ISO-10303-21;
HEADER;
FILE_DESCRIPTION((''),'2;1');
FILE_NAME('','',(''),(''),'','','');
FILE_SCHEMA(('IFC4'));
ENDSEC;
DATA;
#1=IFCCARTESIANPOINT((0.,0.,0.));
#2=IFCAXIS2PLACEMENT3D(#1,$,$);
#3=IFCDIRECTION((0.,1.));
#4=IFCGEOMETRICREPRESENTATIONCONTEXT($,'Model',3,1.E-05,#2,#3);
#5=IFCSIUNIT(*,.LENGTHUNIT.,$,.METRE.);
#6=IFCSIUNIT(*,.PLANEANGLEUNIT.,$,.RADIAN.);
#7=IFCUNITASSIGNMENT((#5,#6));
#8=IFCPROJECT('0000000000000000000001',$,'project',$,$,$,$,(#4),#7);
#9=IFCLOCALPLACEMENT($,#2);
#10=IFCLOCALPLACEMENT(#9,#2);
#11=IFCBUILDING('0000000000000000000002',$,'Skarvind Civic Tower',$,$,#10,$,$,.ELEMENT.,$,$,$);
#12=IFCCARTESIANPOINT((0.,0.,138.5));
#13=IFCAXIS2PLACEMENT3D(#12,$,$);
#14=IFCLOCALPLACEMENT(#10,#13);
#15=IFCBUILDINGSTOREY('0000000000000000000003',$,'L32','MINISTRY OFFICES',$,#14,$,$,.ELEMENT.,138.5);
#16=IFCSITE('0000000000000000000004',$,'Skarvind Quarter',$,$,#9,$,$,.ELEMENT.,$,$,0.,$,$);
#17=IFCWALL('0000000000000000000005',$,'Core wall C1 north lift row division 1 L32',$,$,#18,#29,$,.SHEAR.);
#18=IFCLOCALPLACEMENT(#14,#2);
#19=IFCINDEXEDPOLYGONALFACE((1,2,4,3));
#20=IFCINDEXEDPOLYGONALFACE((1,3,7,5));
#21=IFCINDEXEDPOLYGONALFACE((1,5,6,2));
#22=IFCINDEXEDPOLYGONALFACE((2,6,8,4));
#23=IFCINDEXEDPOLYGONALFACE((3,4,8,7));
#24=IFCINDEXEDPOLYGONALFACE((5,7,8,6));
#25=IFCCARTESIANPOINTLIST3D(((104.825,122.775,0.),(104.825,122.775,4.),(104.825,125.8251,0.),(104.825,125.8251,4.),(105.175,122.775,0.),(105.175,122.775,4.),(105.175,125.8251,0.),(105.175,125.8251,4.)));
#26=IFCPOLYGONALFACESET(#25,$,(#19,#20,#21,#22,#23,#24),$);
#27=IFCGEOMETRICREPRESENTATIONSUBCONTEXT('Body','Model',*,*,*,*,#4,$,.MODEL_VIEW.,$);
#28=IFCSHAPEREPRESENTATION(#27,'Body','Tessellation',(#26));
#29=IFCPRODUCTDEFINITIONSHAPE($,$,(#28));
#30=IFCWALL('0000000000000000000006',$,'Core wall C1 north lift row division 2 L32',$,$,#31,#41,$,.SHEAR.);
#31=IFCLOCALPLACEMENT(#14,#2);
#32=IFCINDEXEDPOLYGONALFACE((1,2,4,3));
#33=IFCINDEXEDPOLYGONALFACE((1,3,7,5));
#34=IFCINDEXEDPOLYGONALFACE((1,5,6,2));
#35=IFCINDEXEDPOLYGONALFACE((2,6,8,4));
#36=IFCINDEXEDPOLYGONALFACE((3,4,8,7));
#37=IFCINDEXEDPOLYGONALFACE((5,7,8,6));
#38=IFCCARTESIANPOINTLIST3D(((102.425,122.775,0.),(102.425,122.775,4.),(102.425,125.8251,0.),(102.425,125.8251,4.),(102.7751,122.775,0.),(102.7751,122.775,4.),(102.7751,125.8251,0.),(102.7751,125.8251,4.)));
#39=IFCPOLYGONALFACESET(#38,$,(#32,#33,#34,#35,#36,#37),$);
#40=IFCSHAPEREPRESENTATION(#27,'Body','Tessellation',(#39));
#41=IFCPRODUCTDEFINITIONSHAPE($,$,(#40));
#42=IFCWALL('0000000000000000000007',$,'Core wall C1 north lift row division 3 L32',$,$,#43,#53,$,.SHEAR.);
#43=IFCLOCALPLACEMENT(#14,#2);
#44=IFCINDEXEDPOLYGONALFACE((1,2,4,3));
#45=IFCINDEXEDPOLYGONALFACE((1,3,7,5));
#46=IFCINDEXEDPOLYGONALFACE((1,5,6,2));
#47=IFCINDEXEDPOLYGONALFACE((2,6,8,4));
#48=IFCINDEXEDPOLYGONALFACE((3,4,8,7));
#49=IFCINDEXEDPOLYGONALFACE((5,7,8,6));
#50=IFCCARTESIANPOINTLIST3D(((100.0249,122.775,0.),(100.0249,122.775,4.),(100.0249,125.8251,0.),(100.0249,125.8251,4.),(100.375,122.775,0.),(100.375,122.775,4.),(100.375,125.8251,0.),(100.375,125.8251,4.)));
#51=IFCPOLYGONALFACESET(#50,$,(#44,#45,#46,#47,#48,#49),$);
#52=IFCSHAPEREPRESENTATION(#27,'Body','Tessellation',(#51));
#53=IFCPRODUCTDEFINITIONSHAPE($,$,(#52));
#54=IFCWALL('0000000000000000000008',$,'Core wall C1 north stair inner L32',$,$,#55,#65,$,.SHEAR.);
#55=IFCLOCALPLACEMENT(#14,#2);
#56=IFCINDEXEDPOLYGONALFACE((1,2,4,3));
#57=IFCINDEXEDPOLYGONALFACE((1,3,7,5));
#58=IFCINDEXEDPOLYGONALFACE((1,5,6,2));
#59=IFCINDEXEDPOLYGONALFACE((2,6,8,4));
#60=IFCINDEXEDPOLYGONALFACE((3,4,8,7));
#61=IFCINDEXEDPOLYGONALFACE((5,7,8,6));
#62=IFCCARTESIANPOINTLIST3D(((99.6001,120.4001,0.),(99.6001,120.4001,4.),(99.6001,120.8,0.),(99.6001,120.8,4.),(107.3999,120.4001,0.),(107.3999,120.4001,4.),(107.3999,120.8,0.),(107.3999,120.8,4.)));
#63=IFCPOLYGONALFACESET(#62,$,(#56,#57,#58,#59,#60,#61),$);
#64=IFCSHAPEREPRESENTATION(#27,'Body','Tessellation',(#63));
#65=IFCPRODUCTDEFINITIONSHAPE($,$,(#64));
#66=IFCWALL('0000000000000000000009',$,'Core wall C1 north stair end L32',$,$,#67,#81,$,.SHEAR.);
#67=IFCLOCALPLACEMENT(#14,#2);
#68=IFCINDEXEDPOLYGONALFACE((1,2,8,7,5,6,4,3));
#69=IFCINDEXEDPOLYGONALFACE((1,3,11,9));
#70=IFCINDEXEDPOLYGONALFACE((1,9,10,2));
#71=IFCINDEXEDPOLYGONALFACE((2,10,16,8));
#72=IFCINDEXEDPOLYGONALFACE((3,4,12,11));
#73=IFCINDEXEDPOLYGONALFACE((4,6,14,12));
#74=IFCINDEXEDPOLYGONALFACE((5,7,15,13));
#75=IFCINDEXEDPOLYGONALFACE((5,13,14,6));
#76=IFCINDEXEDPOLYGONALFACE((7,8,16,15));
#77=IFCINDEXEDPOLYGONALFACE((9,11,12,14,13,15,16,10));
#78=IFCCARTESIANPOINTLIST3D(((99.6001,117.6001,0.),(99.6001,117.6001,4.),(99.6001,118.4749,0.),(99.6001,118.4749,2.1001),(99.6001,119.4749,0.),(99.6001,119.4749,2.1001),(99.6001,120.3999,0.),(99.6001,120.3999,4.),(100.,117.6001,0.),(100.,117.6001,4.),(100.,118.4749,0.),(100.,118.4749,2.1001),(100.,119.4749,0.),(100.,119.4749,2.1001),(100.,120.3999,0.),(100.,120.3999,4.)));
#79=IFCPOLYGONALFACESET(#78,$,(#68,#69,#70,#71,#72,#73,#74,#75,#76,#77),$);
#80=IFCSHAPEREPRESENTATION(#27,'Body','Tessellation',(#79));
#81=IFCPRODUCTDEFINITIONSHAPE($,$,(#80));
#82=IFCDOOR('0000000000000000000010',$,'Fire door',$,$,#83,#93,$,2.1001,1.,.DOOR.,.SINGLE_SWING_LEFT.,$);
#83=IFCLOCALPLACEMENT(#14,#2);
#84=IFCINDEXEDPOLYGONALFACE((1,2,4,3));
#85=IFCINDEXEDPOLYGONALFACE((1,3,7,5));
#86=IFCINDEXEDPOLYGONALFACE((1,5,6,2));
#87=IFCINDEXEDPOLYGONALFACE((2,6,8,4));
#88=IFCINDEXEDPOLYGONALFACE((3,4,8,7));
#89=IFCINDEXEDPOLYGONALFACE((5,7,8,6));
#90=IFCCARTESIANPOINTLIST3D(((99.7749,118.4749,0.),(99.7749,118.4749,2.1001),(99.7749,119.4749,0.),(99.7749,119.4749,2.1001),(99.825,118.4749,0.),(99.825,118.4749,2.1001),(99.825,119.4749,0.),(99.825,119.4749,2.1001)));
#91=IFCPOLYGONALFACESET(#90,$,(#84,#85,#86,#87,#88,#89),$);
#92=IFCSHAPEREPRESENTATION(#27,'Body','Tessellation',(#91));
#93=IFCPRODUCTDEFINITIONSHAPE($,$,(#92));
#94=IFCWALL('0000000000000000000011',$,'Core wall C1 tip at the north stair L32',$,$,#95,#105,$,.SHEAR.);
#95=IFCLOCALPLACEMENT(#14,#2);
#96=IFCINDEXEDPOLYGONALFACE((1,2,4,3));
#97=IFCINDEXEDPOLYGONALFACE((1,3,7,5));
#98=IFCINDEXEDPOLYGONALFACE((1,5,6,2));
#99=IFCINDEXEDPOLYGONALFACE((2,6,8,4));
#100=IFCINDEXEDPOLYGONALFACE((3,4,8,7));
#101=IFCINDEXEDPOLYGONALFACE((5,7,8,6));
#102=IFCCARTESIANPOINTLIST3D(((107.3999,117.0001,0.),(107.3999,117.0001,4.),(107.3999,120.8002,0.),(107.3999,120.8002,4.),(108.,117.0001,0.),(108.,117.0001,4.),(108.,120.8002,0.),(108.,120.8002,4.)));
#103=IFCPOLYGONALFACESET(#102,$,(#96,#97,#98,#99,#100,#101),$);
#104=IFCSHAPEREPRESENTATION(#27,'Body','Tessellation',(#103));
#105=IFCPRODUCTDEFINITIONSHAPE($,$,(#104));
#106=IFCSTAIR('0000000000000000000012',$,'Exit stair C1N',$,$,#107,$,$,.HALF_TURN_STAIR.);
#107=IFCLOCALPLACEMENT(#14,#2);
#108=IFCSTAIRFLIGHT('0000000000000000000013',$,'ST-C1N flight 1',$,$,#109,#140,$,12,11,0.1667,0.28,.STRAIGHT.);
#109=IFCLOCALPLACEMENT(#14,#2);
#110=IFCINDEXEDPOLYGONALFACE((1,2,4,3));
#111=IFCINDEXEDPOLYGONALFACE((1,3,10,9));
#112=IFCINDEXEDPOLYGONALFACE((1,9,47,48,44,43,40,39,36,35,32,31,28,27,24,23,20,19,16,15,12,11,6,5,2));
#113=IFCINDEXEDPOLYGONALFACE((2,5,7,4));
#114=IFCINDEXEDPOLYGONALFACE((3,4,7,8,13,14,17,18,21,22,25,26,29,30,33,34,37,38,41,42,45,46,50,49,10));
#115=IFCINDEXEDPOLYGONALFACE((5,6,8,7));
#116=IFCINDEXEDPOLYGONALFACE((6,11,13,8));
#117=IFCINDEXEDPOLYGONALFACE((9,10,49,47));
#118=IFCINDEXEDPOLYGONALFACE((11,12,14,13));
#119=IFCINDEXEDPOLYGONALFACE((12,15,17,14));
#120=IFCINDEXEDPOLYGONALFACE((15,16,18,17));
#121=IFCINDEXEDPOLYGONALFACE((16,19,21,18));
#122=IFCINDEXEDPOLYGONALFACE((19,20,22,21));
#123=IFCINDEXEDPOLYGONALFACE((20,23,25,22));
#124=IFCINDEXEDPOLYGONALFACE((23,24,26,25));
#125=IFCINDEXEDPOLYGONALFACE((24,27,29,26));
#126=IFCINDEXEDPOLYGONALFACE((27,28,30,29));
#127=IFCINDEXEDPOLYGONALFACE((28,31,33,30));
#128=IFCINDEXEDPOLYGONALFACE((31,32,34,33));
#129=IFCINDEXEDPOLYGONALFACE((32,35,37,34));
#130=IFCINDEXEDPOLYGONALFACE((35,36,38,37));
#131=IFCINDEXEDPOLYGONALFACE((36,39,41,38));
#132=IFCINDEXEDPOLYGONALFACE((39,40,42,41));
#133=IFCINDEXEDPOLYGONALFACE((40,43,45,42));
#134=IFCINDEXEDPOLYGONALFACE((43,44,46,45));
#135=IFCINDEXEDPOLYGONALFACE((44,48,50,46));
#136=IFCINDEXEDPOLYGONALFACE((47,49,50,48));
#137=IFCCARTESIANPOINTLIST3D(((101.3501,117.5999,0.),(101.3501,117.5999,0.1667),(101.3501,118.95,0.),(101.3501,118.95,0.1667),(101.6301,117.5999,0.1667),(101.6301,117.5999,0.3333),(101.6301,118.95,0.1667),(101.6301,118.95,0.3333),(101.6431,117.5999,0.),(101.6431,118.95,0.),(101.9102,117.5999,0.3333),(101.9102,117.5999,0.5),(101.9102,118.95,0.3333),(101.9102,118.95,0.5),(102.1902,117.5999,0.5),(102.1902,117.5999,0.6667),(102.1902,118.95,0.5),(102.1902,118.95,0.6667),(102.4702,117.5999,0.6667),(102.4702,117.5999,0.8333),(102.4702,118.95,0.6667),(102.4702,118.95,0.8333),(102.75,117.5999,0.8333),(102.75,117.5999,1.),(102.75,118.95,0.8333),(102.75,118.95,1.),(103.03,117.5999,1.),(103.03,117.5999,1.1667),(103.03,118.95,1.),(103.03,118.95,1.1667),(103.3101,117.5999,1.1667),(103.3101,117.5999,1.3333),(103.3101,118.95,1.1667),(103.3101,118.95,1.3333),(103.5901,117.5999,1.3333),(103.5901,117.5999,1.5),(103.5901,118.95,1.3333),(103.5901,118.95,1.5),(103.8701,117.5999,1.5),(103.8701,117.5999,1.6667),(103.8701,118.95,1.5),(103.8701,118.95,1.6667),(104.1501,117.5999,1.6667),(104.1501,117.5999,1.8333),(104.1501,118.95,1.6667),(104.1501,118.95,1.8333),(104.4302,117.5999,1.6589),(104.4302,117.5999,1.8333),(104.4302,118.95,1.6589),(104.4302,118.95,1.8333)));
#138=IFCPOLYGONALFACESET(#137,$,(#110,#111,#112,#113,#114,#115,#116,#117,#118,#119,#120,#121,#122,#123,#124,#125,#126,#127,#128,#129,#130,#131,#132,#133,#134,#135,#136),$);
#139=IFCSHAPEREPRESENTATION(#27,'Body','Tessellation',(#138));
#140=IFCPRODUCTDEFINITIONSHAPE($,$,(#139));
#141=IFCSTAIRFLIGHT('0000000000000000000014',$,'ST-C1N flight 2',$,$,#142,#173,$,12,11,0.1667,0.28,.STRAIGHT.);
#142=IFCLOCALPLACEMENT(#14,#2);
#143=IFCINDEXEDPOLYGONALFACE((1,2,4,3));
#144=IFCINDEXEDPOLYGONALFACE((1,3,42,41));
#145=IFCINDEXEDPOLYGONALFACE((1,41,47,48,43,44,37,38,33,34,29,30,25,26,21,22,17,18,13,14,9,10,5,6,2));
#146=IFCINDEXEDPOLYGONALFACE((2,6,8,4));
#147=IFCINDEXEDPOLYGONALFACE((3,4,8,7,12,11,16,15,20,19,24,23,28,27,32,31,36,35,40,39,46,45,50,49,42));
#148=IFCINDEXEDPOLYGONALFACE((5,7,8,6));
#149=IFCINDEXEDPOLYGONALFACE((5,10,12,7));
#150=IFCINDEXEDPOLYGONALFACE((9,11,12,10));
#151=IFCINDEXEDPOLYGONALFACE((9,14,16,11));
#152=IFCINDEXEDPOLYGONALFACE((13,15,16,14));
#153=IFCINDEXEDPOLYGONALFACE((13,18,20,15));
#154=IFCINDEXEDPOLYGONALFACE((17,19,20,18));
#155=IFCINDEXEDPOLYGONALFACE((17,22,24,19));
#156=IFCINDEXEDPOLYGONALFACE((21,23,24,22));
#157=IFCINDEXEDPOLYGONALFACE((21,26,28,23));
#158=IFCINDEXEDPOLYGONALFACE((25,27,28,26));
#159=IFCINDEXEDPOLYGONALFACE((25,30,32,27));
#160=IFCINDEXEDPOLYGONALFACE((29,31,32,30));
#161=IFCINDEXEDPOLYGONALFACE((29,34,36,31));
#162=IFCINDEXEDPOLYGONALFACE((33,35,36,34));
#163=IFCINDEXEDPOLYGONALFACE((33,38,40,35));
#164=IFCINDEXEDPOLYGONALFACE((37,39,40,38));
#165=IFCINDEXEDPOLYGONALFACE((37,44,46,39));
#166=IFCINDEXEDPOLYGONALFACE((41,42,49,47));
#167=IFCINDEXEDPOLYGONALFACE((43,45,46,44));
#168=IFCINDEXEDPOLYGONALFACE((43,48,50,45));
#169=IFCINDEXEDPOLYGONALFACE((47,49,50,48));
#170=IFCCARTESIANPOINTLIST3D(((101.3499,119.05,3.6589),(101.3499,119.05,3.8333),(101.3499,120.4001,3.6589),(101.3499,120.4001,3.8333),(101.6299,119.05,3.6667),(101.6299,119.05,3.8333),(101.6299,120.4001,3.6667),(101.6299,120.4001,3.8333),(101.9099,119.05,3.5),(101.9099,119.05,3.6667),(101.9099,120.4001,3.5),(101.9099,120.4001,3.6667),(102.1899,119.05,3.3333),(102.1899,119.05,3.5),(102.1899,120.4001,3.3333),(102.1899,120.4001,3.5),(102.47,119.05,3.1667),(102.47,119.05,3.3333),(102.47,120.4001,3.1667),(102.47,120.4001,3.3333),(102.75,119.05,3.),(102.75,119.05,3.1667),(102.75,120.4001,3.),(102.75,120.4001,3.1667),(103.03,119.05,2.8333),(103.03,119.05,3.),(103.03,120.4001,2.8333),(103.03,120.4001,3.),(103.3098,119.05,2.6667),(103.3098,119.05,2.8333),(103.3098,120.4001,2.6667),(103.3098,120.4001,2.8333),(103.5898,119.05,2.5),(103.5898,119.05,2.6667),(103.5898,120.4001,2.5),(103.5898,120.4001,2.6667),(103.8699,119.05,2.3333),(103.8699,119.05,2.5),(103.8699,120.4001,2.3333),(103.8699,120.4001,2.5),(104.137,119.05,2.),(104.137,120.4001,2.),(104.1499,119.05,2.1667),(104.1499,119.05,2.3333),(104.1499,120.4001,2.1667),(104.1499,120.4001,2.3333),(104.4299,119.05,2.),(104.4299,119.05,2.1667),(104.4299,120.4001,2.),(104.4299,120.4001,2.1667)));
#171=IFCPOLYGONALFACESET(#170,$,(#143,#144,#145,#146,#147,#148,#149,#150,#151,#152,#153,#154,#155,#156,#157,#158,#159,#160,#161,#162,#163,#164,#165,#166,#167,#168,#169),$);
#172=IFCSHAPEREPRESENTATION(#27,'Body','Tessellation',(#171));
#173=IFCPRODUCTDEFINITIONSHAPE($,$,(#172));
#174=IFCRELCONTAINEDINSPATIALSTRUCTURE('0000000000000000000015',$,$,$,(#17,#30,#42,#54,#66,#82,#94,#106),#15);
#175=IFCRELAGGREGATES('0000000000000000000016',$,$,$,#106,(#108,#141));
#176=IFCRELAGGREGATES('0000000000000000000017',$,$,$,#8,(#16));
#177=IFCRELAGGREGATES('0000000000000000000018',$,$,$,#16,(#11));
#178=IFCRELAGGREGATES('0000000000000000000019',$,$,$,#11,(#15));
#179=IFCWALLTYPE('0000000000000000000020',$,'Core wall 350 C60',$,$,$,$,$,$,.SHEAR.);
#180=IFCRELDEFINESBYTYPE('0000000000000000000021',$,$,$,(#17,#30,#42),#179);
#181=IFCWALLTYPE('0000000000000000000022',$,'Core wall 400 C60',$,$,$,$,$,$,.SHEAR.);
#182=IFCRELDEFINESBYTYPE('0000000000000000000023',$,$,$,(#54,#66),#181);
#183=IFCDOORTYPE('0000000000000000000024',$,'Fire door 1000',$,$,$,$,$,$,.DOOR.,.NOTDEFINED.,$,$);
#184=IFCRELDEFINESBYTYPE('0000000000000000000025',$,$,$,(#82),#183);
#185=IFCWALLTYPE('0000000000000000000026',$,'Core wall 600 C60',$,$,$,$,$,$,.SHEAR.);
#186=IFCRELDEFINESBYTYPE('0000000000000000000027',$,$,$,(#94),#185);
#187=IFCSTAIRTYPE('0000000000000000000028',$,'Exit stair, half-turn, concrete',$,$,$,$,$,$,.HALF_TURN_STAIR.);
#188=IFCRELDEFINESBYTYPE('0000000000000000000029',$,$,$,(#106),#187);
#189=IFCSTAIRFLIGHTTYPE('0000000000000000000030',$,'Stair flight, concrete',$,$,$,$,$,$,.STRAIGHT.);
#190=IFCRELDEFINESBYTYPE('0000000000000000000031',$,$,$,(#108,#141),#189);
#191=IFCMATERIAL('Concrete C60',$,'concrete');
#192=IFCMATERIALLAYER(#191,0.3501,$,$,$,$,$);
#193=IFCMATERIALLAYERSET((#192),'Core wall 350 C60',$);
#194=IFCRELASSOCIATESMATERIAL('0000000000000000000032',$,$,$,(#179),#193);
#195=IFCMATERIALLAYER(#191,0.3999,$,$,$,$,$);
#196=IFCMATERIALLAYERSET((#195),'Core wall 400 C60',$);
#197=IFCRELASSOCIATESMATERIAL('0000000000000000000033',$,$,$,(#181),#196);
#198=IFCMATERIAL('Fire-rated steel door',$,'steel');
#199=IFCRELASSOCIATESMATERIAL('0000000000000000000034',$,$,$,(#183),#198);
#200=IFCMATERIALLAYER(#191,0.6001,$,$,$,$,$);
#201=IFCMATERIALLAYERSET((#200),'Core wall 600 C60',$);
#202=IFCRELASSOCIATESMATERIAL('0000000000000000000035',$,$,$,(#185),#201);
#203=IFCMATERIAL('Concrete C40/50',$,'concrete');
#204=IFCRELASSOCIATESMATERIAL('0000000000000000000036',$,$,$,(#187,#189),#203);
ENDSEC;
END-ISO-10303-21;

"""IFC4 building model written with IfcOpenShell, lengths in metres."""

from ifc_helpers import new_model, si_unit, direction, frame, frame_2d, origin, place, context, subcontext, project, spatial, polyline, rectangle, outline, extrude, material, layer, layer_set, type_object, element, fill, aggregate, save


model = new_model("IFC4")

# Units and contexts
model_context = context("Model", 3, precision=1e-05, world=origin(), true_north=direction((0.0, 1.0)))
body_context = subcontext(model_context, "Body", "Model", "MODEL_VIEW")
ifc_project = project(units=[si_unit("LENGTHUNIT", "METRE"), si_unit("PLANEANGLEUNIT", "RADIAN")], contexts=[model_context])

# Site, building, storey
site_placement = place(None, origin())
site = spatial("IfcSite", under=ifc_project, at=site_placement, Name="Skarvind Quarter", CompositionType="ELEMENT", RefElevation=0.0)
building_placement = place(site_placement, origin())
building = spatial("IfcBuilding", under=site, at=building_placement, Name="Skarvind Civic Tower", CompositionType="ELEMENT")
storey_placement = place(building_placement, frame((0.0, 0.0, 138.5)))
storey = spatial("IfcBuildingStorey", under=building, at=storey_placement, Name="L32", Description="MINISTRY OFFICES", CompositionType="ELEMENT", Elevation=138.5)

# Shared definitions
ifc_material_1 = material(Name="Concrete C60", Category="concrete")
ifc_layer_1 = layer(ifc_material_1, 0.3501)
ifc_layer_set_1 = layer_set([ifc_layer_1], Name="Core wall 350 C60")
wall_type_1 = type_object("IfcWallType", Name="Core wall 350 C60", PredefinedType="SHEAR", material=ifc_layer_set_1)
ifc_material_2 = material(Name="Fire-rated steel door", Category="steel")

# Walls
for number, where, z_axis, x_axis, name in (
    (1, (105.0, 125.825, 0.0), (0.0, 0.0, 1.0), (0.0, -1.0, 0.0), "Core wall C1 north lift row division 1 L32"),
    (2, (102.6001, 125.825, 0.0), (0.0, 0.0, 1.0), (0.0, -1.0, 0.0), "Core wall C1 north lift row division 2 L32"),
    (3, (100.2, 125.825, 0.0), (0.0, 0.0, 1.0), (0.0, -1.0, 0.0), "Core wall C1 north lift row division 3 L32"),
):
    element("IfcWall", number, at=place(storey_placement, frame(where, z_axis=z_axis, x_axis=x_axis)), inside=storey, type_object=wall_type_1, Name=name, PredefinedType="SHEAR", context=body_context, shape_type="SweptSolid", body=[
        extrude(rectangle(XDim=3.05, YDim=0.3501, at=frame_2d((1.5249, 0.0))), origin(), (0.0, 0.0, 1.0), 4.0),
    ])
ifc_layer_2 = layer(ifc_material_1, 0.3999)
ifc_layer_set_2 = layer_set([ifc_layer_2], Name="Core wall 400 C60")
wall_type_2 = type_object("IfcWallType", Name="Core wall 400 C60", PredefinedType="SHEAR", material=ifc_layer_set_2)
wall_1_placement = place(storey_placement, frame((107.3999, 120.6001, 0.0), z_axis=(0.0, 0.0, 1.0), x_axis=(-1.0, 0.0, 0.0)))
element("IfcWall", 4, at=wall_1_placement, inside=storey, type_object=wall_type_2, Name="Core wall C1 north stair inner L32", PredefinedType="SHEAR", context=body_context, shape_type="SweptSolid", body=[
    extrude(rectangle(XDim=7.7998, YDim=0.3999, at=frame_2d((3.8999, 0.0))), origin(), (0.0, 0.0, 1.0), 4.0),
])

# Wall, opening, door
wall_2_placement = place(storey_placement, frame((99.8, 120.3999, 0.0), z_axis=(0.0, 0.0, 1.0), x_axis=(0.0, -1.0, 0.0)))
wall_2 = element("IfcWall", 5, at=wall_2_placement, inside=storey, type_object=wall_type_2, Name="Core wall C1 north stair end L32", PredefinedType="SHEAR", context=body_context, shape_type="SweptSolid", body=[
    extrude(rectangle(XDim=2.7998, YDim=0.3999, at=frame_2d((1.3999, 0.0))), origin(), (0.0, 0.0, 1.0), 4.0),
])
opening_1_placement = place(wall_2_placement, frame((0.925, 0.0, 0.0)))
opening_1 = element("IfcOpeningElement", 6, at=opening_1_placement, cuts=wall_2, PredefinedType="OPENING", context=body_context, shape_type="SweptSolid", body=[
    extrude(rectangle(XDim=1.0, YDim=2.1001, at=frame_2d((0.5, 1.05))), frame((0.0, 0.21, 0.0), z_axis=(0.0, -1.0, 0.0), x_axis=(1.0, 0.0, 0.0)), (0.0, 0.0, 1.0), 0.4199),
])
door_type_1 = type_object("IfcDoorType", Name="Fire door 1000", OperationType="NOTDEFINED", PredefinedType="DOOR", material=ifc_material_2)
door_1_placement = place(opening_1_placement, origin())
door_1 = element("IfcDoor", 7, at=door_1_placement, inside=storey, type_object=door_type_1, Name="Fire door", OperationType="SINGLE_SWING_LEFT", OverallHeight=2.1001, OverallWidth=1.0, PredefinedType="DOOR", context=body_context, shape_type="SweptSolid", body=[
    extrude(rectangle(XDim=1.0, YDim=2.1001, at=frame_2d((0.5, 1.05))), frame((0.0, 0.0249, 0.0), z_axis=(0.0, -1.0, 0.0), x_axis=(1.0, 0.0, 0.0)), (0.0, 0.0, 1.0), 0.05),
])
fill(opening_1, door_1)

# Wall
ifc_layer_3 = layer(ifc_material_1, 0.6001)
ifc_layer_set_3 = layer_set([ifc_layer_3], Name="Core wall 600 C60")
wall_type_3 = type_object("IfcWallType", Name="Core wall 600 C60", PredefinedType="SHEAR", material=ifc_layer_set_3)
wall_3_placement = place(storey_placement, frame((107.7, 120.8, 0.0), z_axis=(0.0, 0.0, 1.0), x_axis=(0.0, -1.0, 0.0)))
element("IfcWall", 8, at=wall_3_placement, inside=storey, type_object=wall_type_3, Name="Core wall C1 tip at the north stair L32", PredefinedType="SHEAR", context=body_context, shape_type="SweptSolid", body=[
    extrude(rectangle(XDim=3.8, YDim=0.6001, at=frame_2d((1.8999, 0.0))), origin(), (0.0, 0.0, 1.0), 4.0),
])

# Stair, stair flights
ifc_material_3 = material(Name="Concrete C40/50", Category="concrete")
stair_type = type_object("IfcStairType", Name="Exit stair, half-turn, concrete", PredefinedType="HALF_TURN_STAIR", material=ifc_material_3)
stair_placement = place(storey_placement, origin())
stair = element("IfcStair", 9, at=stair_placement, inside=storey, type_object=stair_type, Name="Exit stair C1N", PredefinedType="HALF_TURN_STAIR")
stair_flight_type = type_object("IfcStairFlightType", Name="Stair flight, concrete", PredefinedType="STRAIGHT", material=ifc_material_3)
stair_flight_1_placement = place(storey_placement, frame((101.3501, 118.2749, 0.0), z_axis=(0.0, 0.0, 1.0), x_axis=(1.0, 0.0, 0.0)))
stair_flight_1 = element("IfcStairFlight", 10, at=stair_flight_1_placement, type_object=stair_flight_type, Name="ST-C1N flight 1", NumberOfRisers=12, NumberOfTreads=11, PredefinedType="STRAIGHT", RiserHeight=0.1667, TreadLength=0.28, context=body_context, shape_type="SweptSolid", body=[
    extrude(outline(polyline([(0.0, 0.0), (0.0, 0.1667), (0.28, 0.1667), (0.28, 0.3333), (0.5601, 0.3333), (0.5601, 0.5), (0.8401, 0.5), (0.8401, 0.6667), (1.1201, 0.6667), (1.1201, 0.8333), (1.3999, 0.8333), (1.3999, 1.0), (1.6799, 1.0), (1.6799, 1.1667), (1.96, 1.1667), (1.96, 1.3333), (2.24, 1.3333), (2.24, 1.5), (2.52, 1.5), (2.52, 1.6667), (2.8, 1.6667), (2.8, 1.8333), (3.0801, 1.8333), (3.0801, 2.0), (3.0801, 1.6589), (0.293, 0.0), (0.0, 0.0)])), frame((0.0, 0.675, 0.0), z_axis=(0.0, -1.0, 0.0), x_axis=(1.0, 0.0, 0.0)), (0.0, 0.0, 1.0), 1.3501),
])
stair_flight_2_placement = place(storey_placement, frame((104.4299, 119.7251, 2.0), z_axis=(0.0, 0.0, 1.0), x_axis=(-1.0, 0.0, 0.0)))
stair_flight_2 = element("IfcStairFlight", 11, at=stair_flight_2_placement, type_object=stair_flight_type, Name="ST-C1N flight 2", NumberOfRisers=12, NumberOfTreads=11, PredefinedType="STRAIGHT", RiserHeight=0.1667, TreadLength=0.28, context=body_context, shape_type="SweptSolid", body=[
    extrude(outline(polyline([(0.0, 0.0), (0.0, 0.1667), (0.28, 0.1667), (0.28, 0.3333), (0.5601, 0.3333), (0.5601, 0.5), (0.8401, 0.5), (0.8401, 0.6667), (1.1201, 0.6667), (1.1201, 0.8333), (1.3999, 0.8333), (1.3999, 1.0), (1.6799, 1.0), (1.6799, 1.1667), (1.96, 1.1667), (1.96, 1.3333), (2.24, 1.3333), (2.24, 1.5), (2.52, 1.5), (2.52, 1.6667), (2.8, 1.6667), (2.8, 1.8333), (3.0801, 1.8333), (3.0801, 2.0), (3.0801, 1.6589), (0.293, 0.0), (0.0, 0.0)])), frame((0.0, 0.675, 0.0), z_axis=(0.0, -1.0, 0.0), x_axis=(1.0, 0.0, 0.0)), (0.0, 0.0, 1.0), 1.3501),
])
aggregate(stair, [stair_flight_1, stair_flight_2])

save(model, "model.ifc")
